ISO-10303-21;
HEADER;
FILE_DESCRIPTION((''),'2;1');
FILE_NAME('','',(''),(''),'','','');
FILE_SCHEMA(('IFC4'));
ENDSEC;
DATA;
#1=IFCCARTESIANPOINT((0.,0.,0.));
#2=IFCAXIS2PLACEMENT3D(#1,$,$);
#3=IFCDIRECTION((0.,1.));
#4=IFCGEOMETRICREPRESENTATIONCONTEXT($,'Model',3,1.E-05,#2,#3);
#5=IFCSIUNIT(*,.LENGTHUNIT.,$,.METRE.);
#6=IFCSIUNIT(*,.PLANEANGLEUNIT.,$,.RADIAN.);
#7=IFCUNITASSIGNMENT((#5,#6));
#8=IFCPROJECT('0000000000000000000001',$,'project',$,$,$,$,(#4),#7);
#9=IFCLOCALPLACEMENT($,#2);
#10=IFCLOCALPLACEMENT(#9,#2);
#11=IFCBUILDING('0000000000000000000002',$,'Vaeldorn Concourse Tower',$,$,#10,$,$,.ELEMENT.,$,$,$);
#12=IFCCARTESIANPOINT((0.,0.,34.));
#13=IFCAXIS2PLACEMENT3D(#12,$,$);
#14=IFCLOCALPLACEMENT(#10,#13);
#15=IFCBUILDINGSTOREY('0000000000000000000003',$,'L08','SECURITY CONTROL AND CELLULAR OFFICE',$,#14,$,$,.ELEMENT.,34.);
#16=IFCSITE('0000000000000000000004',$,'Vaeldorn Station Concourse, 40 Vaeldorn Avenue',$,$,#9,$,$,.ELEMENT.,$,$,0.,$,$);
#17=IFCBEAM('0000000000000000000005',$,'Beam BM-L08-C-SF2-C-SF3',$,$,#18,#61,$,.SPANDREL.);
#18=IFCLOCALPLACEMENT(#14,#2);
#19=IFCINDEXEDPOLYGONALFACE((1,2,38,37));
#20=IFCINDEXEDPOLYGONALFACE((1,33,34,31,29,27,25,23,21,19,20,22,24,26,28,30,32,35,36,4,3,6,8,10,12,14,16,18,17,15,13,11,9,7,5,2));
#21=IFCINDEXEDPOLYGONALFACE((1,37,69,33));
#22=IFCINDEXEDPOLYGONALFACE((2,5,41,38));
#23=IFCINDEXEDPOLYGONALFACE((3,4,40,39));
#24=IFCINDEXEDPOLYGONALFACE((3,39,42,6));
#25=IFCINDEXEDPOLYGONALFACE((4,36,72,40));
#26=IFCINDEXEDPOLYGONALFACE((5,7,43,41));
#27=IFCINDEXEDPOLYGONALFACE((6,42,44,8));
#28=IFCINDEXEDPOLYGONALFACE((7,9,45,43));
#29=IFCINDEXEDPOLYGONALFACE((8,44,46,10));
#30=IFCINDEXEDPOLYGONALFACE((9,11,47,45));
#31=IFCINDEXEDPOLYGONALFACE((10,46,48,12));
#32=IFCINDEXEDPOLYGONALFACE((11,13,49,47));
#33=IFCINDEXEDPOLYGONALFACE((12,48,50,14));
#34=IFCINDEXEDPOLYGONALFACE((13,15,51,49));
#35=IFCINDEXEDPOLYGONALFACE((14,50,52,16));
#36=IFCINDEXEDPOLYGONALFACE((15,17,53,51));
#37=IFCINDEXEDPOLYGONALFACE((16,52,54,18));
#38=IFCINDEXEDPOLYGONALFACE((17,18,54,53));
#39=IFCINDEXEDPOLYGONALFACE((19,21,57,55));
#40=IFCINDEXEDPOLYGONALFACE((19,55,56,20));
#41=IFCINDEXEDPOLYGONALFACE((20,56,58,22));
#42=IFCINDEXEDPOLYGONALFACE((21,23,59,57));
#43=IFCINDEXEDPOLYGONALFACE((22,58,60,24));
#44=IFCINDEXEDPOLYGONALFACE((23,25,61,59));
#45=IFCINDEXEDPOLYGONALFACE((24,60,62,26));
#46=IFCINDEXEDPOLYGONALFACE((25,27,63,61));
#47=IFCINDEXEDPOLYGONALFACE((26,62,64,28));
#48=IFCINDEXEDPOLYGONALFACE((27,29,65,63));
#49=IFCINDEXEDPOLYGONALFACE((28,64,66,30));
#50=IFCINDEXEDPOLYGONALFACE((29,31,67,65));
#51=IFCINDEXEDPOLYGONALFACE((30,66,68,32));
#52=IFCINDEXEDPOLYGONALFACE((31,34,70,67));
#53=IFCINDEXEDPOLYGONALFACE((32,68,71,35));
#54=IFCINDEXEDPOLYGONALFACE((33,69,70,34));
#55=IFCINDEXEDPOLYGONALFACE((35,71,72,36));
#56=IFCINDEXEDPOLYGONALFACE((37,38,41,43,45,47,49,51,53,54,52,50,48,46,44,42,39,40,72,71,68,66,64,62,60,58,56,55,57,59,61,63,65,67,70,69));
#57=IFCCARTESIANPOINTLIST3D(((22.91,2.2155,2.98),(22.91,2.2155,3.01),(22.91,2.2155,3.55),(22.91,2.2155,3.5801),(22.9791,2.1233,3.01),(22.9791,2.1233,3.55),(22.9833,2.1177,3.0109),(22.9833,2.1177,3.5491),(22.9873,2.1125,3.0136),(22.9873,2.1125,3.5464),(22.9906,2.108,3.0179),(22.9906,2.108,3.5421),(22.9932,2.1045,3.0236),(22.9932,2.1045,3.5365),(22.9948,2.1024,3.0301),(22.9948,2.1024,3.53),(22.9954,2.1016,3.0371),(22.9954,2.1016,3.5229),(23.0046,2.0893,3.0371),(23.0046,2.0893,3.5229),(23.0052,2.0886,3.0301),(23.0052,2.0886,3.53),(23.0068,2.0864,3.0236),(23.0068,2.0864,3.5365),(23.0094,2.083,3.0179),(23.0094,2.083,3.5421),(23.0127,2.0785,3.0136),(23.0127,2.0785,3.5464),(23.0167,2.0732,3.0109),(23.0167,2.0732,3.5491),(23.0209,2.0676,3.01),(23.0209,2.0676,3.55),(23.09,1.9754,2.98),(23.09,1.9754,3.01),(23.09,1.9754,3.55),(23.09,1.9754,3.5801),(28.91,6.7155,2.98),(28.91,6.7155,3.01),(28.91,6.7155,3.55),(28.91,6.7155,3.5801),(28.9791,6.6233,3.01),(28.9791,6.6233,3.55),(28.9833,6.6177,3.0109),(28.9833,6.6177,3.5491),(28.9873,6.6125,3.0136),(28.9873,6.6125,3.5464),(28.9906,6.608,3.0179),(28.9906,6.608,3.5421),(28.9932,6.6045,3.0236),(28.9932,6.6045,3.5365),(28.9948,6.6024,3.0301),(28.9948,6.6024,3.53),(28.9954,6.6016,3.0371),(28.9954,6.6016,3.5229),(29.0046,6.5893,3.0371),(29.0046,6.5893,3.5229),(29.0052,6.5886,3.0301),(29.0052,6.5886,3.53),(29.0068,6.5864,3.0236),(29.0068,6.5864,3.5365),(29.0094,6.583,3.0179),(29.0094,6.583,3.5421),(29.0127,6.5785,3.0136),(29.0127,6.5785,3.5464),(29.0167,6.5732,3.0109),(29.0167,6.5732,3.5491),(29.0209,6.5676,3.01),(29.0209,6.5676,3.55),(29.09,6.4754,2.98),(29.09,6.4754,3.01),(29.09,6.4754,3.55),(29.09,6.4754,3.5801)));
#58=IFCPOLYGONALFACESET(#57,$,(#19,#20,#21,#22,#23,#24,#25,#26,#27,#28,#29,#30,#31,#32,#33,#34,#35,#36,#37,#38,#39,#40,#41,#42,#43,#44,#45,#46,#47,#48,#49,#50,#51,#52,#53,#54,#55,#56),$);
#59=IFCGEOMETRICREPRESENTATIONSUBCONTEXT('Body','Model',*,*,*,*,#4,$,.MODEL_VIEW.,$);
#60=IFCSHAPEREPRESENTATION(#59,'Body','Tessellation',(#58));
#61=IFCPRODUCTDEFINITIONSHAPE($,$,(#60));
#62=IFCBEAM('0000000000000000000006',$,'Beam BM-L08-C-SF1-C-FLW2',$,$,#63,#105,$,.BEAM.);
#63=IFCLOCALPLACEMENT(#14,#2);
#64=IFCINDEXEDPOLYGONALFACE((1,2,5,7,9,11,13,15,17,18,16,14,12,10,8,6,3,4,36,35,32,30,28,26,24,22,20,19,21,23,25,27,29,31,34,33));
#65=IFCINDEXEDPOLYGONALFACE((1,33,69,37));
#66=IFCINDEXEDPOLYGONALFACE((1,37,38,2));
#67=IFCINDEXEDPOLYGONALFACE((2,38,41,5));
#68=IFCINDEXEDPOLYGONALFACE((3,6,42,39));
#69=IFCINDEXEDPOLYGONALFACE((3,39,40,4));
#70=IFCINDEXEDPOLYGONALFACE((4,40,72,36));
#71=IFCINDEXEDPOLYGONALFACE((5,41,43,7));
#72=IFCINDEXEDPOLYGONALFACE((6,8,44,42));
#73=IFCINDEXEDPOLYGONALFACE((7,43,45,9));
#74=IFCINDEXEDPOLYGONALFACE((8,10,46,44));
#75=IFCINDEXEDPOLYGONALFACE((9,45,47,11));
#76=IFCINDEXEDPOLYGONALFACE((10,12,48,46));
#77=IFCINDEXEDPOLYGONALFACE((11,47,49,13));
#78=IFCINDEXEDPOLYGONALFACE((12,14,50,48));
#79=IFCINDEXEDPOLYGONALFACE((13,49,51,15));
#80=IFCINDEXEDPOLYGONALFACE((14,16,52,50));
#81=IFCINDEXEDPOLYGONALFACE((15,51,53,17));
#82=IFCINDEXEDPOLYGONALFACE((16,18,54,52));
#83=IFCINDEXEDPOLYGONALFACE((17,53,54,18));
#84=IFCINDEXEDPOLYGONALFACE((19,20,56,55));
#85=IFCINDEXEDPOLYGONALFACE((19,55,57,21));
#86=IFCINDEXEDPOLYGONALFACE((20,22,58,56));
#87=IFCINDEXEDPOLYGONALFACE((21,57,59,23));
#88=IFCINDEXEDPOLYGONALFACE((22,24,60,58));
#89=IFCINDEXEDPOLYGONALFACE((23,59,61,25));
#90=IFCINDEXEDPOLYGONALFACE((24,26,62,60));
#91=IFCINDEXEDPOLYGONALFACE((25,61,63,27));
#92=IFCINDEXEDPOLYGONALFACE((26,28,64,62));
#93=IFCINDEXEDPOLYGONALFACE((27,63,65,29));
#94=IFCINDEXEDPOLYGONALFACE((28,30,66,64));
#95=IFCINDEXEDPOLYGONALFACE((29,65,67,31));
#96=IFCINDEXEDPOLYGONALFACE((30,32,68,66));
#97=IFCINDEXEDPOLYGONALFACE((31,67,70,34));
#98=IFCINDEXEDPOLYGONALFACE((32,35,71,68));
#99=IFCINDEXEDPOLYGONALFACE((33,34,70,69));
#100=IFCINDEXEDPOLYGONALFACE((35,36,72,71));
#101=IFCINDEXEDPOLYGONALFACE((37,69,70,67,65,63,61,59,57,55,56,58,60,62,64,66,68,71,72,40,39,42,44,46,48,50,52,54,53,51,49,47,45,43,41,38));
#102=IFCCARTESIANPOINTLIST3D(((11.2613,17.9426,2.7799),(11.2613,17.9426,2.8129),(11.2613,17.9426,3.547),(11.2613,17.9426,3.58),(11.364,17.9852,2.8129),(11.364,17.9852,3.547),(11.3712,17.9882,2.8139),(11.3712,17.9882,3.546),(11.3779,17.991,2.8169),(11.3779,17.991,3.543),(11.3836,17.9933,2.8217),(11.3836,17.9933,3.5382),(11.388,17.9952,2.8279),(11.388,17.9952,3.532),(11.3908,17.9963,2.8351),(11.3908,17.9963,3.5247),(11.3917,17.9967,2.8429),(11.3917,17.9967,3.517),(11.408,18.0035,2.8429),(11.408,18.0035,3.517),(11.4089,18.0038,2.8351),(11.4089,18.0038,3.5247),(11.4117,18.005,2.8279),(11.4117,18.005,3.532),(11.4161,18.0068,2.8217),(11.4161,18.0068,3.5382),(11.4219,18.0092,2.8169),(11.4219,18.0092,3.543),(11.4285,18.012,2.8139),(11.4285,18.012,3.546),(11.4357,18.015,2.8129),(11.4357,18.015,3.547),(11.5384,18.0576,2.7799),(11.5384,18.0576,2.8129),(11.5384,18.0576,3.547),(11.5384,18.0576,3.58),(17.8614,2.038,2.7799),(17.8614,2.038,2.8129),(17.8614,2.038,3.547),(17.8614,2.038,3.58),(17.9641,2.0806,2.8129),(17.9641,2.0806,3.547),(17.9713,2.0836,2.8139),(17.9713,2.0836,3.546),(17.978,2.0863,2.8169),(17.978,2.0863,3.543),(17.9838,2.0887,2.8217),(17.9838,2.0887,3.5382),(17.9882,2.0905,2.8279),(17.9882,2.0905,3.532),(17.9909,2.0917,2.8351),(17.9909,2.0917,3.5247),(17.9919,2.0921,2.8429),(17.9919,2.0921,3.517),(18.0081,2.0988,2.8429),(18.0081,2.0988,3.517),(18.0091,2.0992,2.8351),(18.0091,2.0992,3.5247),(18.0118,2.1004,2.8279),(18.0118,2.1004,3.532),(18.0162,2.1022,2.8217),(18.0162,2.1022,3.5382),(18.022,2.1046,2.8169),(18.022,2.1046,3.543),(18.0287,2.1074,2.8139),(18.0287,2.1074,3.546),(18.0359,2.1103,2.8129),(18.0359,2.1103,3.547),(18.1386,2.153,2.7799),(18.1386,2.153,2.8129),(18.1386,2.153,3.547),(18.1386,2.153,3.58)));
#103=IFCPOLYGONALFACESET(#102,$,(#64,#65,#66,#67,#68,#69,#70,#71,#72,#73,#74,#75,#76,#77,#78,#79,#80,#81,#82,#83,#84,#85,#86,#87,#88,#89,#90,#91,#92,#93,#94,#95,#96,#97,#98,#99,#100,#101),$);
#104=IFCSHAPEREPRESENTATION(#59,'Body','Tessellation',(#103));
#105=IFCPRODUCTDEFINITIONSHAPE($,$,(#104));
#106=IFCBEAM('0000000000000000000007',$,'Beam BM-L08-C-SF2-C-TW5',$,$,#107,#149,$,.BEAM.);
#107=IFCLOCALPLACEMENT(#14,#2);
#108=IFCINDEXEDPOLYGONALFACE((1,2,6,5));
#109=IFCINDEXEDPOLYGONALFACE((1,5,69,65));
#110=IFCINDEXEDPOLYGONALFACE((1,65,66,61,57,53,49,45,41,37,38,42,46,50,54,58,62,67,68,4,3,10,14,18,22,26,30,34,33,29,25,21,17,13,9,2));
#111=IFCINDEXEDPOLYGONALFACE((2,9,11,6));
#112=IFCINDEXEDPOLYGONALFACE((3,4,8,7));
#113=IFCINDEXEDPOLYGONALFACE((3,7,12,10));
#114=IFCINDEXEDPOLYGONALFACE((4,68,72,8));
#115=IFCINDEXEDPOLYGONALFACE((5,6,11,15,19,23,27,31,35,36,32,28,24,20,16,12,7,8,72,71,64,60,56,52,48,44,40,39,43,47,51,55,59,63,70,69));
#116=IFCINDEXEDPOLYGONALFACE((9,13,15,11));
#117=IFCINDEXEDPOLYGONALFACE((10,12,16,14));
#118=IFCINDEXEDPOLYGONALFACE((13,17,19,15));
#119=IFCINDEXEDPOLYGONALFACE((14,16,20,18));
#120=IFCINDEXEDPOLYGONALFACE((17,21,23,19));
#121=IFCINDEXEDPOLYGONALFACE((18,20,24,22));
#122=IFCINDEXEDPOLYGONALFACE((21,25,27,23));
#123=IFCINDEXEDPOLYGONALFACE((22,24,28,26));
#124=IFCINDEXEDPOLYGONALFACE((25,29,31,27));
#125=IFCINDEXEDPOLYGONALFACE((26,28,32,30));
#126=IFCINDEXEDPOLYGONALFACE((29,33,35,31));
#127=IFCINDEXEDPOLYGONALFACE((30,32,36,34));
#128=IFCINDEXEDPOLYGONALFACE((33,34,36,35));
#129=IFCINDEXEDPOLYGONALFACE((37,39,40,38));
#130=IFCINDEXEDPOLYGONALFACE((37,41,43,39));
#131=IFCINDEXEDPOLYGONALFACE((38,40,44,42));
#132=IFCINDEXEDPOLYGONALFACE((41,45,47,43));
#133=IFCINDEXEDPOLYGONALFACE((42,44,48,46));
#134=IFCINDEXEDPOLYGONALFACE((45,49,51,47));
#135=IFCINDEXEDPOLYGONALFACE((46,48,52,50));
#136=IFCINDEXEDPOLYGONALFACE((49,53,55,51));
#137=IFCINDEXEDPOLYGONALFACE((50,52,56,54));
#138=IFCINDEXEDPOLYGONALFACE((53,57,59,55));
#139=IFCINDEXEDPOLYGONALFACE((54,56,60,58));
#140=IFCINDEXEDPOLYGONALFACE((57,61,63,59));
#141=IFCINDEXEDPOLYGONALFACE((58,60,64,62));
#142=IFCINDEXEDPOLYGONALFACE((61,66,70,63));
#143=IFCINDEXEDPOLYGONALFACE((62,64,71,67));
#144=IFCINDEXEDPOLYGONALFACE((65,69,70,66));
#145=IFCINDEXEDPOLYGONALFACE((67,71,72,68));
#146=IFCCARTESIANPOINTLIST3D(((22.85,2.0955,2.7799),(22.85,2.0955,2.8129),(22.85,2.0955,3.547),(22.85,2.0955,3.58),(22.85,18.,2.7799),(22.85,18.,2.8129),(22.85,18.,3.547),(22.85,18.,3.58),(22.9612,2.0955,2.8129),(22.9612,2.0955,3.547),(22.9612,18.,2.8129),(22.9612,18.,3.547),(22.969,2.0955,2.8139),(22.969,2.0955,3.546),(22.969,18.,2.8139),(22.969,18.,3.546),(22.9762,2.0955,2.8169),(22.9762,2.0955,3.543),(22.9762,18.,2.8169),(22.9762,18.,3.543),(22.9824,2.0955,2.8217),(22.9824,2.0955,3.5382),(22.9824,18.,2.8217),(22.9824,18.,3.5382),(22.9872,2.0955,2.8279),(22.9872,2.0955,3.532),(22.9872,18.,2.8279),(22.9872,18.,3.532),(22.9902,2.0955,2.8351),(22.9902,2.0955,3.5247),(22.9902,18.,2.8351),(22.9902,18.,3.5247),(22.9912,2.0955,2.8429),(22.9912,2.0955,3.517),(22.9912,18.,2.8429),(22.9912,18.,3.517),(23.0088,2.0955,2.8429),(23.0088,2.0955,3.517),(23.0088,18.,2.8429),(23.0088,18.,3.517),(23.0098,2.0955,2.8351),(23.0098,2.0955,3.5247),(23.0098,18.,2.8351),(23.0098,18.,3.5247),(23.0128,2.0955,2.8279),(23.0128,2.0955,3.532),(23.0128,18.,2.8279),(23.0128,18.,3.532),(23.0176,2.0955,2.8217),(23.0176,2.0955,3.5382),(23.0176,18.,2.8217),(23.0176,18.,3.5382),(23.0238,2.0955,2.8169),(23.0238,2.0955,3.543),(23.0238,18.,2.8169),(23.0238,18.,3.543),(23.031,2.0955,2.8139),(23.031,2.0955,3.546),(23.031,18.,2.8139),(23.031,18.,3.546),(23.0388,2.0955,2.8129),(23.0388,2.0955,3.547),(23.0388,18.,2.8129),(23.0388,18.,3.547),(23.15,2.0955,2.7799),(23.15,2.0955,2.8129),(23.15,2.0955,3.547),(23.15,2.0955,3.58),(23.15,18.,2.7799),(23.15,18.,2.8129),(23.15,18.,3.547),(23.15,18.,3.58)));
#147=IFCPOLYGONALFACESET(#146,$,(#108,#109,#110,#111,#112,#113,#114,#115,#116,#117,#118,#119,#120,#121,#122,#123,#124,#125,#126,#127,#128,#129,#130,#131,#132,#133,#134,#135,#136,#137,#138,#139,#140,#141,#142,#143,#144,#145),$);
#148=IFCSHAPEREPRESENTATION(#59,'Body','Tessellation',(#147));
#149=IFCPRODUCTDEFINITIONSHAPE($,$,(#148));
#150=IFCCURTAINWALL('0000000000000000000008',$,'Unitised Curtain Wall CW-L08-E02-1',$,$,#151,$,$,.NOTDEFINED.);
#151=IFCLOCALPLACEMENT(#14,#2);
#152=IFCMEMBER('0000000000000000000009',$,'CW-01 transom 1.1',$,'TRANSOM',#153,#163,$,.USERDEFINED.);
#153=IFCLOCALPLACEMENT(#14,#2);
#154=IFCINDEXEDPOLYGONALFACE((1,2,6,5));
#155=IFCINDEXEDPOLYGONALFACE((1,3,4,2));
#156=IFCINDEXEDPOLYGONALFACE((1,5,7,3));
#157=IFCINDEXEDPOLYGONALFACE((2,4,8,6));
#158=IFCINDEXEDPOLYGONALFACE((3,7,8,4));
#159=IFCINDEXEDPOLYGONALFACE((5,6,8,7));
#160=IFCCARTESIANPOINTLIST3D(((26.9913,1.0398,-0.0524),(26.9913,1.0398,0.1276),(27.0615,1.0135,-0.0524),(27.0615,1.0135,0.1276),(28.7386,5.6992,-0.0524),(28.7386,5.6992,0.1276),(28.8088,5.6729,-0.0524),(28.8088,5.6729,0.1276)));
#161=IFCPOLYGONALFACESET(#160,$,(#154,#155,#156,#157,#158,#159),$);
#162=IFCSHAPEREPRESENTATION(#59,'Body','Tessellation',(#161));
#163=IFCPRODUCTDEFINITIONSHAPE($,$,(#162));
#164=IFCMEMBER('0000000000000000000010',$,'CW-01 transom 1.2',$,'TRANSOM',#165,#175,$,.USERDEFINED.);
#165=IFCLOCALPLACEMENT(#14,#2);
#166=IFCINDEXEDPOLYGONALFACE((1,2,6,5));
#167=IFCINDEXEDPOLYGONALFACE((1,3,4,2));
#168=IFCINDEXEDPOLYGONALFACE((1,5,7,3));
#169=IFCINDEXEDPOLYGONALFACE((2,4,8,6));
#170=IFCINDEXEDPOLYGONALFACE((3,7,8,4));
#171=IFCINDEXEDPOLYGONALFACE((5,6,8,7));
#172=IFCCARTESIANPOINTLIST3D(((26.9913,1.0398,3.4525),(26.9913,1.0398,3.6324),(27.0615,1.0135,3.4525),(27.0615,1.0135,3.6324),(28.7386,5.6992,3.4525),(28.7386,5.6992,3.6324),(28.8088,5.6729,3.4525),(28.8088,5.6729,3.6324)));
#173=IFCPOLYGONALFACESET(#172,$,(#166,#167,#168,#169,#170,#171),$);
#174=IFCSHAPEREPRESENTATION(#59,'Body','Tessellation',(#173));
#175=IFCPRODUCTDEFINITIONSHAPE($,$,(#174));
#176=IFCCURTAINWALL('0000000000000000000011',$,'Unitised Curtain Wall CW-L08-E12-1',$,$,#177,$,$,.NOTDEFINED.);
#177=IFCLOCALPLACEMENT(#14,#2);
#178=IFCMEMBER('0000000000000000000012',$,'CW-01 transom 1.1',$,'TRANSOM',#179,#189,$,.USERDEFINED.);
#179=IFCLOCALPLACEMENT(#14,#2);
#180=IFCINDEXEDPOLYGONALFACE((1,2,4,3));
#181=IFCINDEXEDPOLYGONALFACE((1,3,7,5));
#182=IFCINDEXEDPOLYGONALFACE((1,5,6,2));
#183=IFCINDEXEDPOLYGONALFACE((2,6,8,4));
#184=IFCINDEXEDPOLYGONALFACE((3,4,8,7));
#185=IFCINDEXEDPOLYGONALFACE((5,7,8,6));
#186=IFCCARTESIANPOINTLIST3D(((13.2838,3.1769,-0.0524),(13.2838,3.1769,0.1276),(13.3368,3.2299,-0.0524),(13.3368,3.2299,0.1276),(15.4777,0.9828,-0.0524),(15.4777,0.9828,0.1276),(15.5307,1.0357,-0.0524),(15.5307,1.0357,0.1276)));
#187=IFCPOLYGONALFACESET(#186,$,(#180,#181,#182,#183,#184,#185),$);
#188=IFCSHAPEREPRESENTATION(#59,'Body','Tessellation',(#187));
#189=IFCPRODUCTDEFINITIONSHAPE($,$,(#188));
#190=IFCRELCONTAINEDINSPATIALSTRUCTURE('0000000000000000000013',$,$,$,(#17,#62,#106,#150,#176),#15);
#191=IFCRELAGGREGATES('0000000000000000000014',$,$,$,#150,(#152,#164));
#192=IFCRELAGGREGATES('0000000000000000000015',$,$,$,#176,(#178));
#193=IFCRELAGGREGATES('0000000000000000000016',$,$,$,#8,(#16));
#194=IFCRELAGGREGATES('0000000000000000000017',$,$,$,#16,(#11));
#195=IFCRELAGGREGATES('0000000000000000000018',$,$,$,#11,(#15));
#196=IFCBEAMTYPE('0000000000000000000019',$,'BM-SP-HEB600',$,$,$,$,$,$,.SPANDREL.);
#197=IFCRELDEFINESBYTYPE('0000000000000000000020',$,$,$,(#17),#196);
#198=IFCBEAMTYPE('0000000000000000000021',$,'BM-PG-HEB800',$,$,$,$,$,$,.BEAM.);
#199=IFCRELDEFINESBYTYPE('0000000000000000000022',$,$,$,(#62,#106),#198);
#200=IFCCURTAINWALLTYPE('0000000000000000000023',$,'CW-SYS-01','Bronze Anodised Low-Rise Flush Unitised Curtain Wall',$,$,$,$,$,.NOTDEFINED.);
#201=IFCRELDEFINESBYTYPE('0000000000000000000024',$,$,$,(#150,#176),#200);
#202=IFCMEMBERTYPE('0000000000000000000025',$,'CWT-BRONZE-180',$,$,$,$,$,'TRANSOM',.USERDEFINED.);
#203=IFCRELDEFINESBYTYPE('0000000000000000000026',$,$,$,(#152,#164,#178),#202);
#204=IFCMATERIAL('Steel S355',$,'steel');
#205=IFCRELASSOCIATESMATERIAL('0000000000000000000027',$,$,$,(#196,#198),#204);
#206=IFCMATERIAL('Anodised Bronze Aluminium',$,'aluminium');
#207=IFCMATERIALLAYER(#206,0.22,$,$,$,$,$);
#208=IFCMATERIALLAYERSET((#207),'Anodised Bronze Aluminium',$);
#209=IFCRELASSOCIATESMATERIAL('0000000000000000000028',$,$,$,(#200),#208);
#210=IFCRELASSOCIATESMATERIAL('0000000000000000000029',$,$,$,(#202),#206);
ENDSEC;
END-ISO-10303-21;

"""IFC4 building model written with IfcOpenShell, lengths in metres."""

from ifc_helpers import new_model, si_unit, direction, frame, origin, origin_2d, place, context, subcontext, project, spatial, rectangle, i_section, extrude, source, transform, mapped, material, layer, layer_set, material_profile, profile_set, type_object, element, aggregate, save


model = new_model("IFC4")

# Units and contexts
model_context = context("Model", 3, precision=1e-05, world=origin(), true_north=direction((0.0, 1.0)))
body_context = subcontext(model_context, "Body", "Model", "MODEL_VIEW")
ifc_project = project(units=[si_unit("LENGTHUNIT", "METRE"), si_unit("PLANEANGLEUNIT", "RADIAN")], contexts=[model_context])

# Site, building, storey
site_placement = place(None, origin())
site = spatial("IfcSite", under=ifc_project, at=site_placement, Name="Vaeldorn Station Concourse, 40 Vaeldorn Avenue", CompositionType="ELEMENT", RefElevation=0.0)
building_placement = place(site_placement, origin())
building = spatial("IfcBuilding", under=site, at=building_placement, Name="Vaeldorn Concourse Tower", CompositionType="ELEMENT")
storey_placement = place(building_placement, frame((0.0, 0.0, 34.0)))
storey = spatial("IfcBuildingStorey", under=building, at=storey_placement, Name="L08", Description="SECURITY CONTROL AND CELLULAR OFFICE", CompositionType="ELEMENT", Elevation=34.0)

# Beams
ifc_material_1 = material(Name="Steel S355", Category="steel")
ifc_material_profile_1 = material_profile(ifc_material_1, i_section(OverallWidth=0.3, OverallDepth=0.6001, WebThickness=0.0154, FlangeThickness=0.03, FilletRadius=0.0271, at=origin_2d()), Name="HEB 600")
ifc_profile_set_1 = profile_set([ifc_material_profile_1], Name="Steel S355")
beam_type_1 = type_object("IfcBeamType", Name="BM-SP-HEB600", PredefinedType="SPANDREL", material=ifc_profile_set_1)
shared_shape_1 = source(origin(), body_context, "Body", "SweptSolid", [
    extrude(i_section(OverallWidth=0.3, OverallDepth=0.6001, WebThickness=0.0154, FlangeThickness=0.03, FilletRadius=0.0271, at=origin_2d()), origin(), (0.0, 0.0, 1.0), 7.5),
])
beam_1_placement = place(storey_placement, frame((23.0, 2.0955, 3.28), z_axis=(0.8, 0.6, 0.0), x_axis=(-0.6, 0.8, 0.0)))
element("IfcBeam", 1, at=beam_1_placement, inside=storey, type_object=beam_type_1, Name="Beam BM-L08-C-SF2-C-SF3", PredefinedType="SPANDREL", context=body_context, shape_type="MappedRepresentation", body=[
    mapped(shared_shape_1, transform((0.0, 0.0, 0.0), scale=1.0)),
])
ifc_material_profile_2 = material_profile(ifc_material_1, i_section(OverallWidth=0.3, OverallDepth=0.8, WebThickness=0.0176, FlangeThickness=0.033, FilletRadius=0.03, at=origin_2d()), Name="HEB 800")
ifc_profile_set_2 = profile_set([ifc_material_profile_2], Name="Steel S355")
beam_type_2 = type_object("IfcBeamType", Name="BM-PG-HEB800", PredefinedType="BEAM", material=ifc_profile_set_2)
shared_shape_2 = source(origin(), body_context, "Body", "SweptSolid", [
    extrude(i_section(OverallWidth=0.3, OverallDepth=0.8, WebThickness=0.0176, FlangeThickness=0.033, FilletRadius=0.03, at=origin_2d()), origin(), (0.0, 0.0, 1.0), 17.2197),
])
beam_2_placement = place(storey_placement, frame((18.0, 2.0955, 3.1799), z_axis=(-0.383289, 0.923628, 0.0), x_axis=(-0.923628, -0.383289, 0.0)))
element("IfcBeam", 2, at=beam_2_placement, inside=storey, type_object=beam_type_2, Name="Beam BM-L08-C-SF1-C-FLW2", PredefinedType="BEAM", context=body_context, shape_type="MappedRepresentation", body=[
    mapped(shared_shape_2, transform((0.0, 0.0, 0.0), scale=1.0)),
])
shared_shape_3 = source(origin(), body_context, "Body", "SweptSolid", [
    extrude(i_section(OverallWidth=0.3, OverallDepth=0.8, WebThickness=0.0176, FlangeThickness=0.033, FilletRadius=0.03, at=origin_2d()), origin(), (0.0, 0.0, 1.0), 15.9045),
])
beam_3_placement = place(storey_placement, frame((23.0, 2.0955, 3.1799), z_axis=(0.0, 1.0, 0.0), x_axis=(-1.0, 0.0, 0.0)))
element("IfcBeam", 3, at=beam_3_placement, inside=storey, type_object=beam_type_2, Name="Beam BM-L08-C-SF2-C-TW5", PredefinedType="BEAM", context=body_context, shape_type="MappedRepresentation", body=[
    mapped(shared_shape_3, transform((0.0, 0.0, 0.0), scale=1.0)),
])

# Curtain wall, members
ifc_material_2 = material(Name="Anodised Bronze Aluminium", Category="aluminium")
ifc_layer_1 = layer(ifc_material_2, 0.22)
ifc_layer_set_1 = layer_set([ifc_layer_1], Name="Anodised Bronze Aluminium")
curtain_wall_type = type_object("IfcCurtainWallType", Name="CW-SYS-01", Description="Bronze Anodised Low-Rise Flush Unitised Curtain Wall", PredefinedType="NOTDEFINED", material=ifc_layer_set_1)
curtain_wall_1_placement = place(storey_placement, origin())
curtain_wall_1 = element("IfcCurtainWall", 4, at=curtain_wall_1_placement, inside=storey, type_object=curtain_wall_type, Name="Unitised Curtain Wall CW-L08-E02-1", PredefinedType="NOTDEFINED")
ifc_material_profile_3 = material_profile(ifc_material_2, rectangle(XDim=0.075, YDim=0.1799, at=origin_2d()), Name="CWT 75x180")
ifc_profile_set_3 = profile_set([ifc_material_profile_3], Name="Anodised Bronze Aluminium")
member_type_1 = type_object("IfcMemberType", Name="CWT-BRONZE-180", ElementType="TRANSOM", PredefinedType="USERDEFINED", material=ifc_profile_set_3)
shared_shape_4 = source(origin(), body_context, "Body", "SweptSolid", [
    extrude(rectangle(XDim=0.075, YDim=0.1799, at=origin_2d()), origin(), (0.0, 0.0, 1.0), 4.9763),
])
member_1_placement = place(storey_placement, frame((27.0264, 1.0266, 0.0376), z_axis=(0.351129, 0.936327, 0.0), x_axis=(-0.936327, 0.351129, 0.0)))
member_1 = element("IfcMember", 5, at=member_1_placement, type_object=member_type_1, Name="CW-01 transom 1.1", ObjectType="TRANSOM", PredefinedType="USERDEFINED", context=body_context, shape_type="MappedRepresentation", body=[
    mapped(shared_shape_4, transform((0.0, 0.0, 0.0), scale=1.0)),
])
member_2_placement = place(storey_placement, frame((27.0264, 1.0266, 3.5425), z_axis=(0.351129, 0.936327, 0.0), x_axis=(-0.936327, 0.351129, 0.0)))
member_2 = element("IfcMember", 6, at=member_2_placement, type_object=member_type_1, Name="CW-01 transom 1.2", ObjectType="TRANSOM", PredefinedType="USERDEFINED", context=body_context, shape_type="MappedRepresentation", body=[
    mapped(shared_shape_4, transform((0.0, 0.0, 0.0), scale=1.0)),
])

# Curtain wall, member
curtain_wall_2_placement = place(storey_placement, origin())
curtain_wall_2 = element("IfcCurtainWall", 7, at=curtain_wall_2_placement, inside=storey, type_object=curtain_wall_type, Name="Unitised Curtain Wall CW-L08-E12-1", PredefinedType="NOTDEFINED")
shared_shape_5 = source(origin(), body_context, "Body", "SweptSolid", [
    extrude(rectangle(XDim=0.075, YDim=0.1799, at=origin_2d()), origin(), (0.0, 0.0, 1.0), 3.1028),
])
member_3_placement = place(storey_placement, frame((13.3103, 3.2034, 0.0376), z_axis=(0.707067, -0.707146, 0.0), x_axis=(0.707146, 0.707067, 0.0)))
member_3 = element("IfcMember", 8, at=member_3_placement, type_object=member_type_1, Name="CW-01 transom 1.1", ObjectType="TRANSOM", PredefinedType="USERDEFINED", context=body_context, shape_type="MappedRepresentation", body=[
    mapped(shared_shape_5, transform((0.0, 0.0, 0.0), scale=1.0)),
])

aggregate(curtain_wall_1, [member_1, member_2])

aggregate(curtain_wall_2, [member_3])

save(model, "model.ifc")
